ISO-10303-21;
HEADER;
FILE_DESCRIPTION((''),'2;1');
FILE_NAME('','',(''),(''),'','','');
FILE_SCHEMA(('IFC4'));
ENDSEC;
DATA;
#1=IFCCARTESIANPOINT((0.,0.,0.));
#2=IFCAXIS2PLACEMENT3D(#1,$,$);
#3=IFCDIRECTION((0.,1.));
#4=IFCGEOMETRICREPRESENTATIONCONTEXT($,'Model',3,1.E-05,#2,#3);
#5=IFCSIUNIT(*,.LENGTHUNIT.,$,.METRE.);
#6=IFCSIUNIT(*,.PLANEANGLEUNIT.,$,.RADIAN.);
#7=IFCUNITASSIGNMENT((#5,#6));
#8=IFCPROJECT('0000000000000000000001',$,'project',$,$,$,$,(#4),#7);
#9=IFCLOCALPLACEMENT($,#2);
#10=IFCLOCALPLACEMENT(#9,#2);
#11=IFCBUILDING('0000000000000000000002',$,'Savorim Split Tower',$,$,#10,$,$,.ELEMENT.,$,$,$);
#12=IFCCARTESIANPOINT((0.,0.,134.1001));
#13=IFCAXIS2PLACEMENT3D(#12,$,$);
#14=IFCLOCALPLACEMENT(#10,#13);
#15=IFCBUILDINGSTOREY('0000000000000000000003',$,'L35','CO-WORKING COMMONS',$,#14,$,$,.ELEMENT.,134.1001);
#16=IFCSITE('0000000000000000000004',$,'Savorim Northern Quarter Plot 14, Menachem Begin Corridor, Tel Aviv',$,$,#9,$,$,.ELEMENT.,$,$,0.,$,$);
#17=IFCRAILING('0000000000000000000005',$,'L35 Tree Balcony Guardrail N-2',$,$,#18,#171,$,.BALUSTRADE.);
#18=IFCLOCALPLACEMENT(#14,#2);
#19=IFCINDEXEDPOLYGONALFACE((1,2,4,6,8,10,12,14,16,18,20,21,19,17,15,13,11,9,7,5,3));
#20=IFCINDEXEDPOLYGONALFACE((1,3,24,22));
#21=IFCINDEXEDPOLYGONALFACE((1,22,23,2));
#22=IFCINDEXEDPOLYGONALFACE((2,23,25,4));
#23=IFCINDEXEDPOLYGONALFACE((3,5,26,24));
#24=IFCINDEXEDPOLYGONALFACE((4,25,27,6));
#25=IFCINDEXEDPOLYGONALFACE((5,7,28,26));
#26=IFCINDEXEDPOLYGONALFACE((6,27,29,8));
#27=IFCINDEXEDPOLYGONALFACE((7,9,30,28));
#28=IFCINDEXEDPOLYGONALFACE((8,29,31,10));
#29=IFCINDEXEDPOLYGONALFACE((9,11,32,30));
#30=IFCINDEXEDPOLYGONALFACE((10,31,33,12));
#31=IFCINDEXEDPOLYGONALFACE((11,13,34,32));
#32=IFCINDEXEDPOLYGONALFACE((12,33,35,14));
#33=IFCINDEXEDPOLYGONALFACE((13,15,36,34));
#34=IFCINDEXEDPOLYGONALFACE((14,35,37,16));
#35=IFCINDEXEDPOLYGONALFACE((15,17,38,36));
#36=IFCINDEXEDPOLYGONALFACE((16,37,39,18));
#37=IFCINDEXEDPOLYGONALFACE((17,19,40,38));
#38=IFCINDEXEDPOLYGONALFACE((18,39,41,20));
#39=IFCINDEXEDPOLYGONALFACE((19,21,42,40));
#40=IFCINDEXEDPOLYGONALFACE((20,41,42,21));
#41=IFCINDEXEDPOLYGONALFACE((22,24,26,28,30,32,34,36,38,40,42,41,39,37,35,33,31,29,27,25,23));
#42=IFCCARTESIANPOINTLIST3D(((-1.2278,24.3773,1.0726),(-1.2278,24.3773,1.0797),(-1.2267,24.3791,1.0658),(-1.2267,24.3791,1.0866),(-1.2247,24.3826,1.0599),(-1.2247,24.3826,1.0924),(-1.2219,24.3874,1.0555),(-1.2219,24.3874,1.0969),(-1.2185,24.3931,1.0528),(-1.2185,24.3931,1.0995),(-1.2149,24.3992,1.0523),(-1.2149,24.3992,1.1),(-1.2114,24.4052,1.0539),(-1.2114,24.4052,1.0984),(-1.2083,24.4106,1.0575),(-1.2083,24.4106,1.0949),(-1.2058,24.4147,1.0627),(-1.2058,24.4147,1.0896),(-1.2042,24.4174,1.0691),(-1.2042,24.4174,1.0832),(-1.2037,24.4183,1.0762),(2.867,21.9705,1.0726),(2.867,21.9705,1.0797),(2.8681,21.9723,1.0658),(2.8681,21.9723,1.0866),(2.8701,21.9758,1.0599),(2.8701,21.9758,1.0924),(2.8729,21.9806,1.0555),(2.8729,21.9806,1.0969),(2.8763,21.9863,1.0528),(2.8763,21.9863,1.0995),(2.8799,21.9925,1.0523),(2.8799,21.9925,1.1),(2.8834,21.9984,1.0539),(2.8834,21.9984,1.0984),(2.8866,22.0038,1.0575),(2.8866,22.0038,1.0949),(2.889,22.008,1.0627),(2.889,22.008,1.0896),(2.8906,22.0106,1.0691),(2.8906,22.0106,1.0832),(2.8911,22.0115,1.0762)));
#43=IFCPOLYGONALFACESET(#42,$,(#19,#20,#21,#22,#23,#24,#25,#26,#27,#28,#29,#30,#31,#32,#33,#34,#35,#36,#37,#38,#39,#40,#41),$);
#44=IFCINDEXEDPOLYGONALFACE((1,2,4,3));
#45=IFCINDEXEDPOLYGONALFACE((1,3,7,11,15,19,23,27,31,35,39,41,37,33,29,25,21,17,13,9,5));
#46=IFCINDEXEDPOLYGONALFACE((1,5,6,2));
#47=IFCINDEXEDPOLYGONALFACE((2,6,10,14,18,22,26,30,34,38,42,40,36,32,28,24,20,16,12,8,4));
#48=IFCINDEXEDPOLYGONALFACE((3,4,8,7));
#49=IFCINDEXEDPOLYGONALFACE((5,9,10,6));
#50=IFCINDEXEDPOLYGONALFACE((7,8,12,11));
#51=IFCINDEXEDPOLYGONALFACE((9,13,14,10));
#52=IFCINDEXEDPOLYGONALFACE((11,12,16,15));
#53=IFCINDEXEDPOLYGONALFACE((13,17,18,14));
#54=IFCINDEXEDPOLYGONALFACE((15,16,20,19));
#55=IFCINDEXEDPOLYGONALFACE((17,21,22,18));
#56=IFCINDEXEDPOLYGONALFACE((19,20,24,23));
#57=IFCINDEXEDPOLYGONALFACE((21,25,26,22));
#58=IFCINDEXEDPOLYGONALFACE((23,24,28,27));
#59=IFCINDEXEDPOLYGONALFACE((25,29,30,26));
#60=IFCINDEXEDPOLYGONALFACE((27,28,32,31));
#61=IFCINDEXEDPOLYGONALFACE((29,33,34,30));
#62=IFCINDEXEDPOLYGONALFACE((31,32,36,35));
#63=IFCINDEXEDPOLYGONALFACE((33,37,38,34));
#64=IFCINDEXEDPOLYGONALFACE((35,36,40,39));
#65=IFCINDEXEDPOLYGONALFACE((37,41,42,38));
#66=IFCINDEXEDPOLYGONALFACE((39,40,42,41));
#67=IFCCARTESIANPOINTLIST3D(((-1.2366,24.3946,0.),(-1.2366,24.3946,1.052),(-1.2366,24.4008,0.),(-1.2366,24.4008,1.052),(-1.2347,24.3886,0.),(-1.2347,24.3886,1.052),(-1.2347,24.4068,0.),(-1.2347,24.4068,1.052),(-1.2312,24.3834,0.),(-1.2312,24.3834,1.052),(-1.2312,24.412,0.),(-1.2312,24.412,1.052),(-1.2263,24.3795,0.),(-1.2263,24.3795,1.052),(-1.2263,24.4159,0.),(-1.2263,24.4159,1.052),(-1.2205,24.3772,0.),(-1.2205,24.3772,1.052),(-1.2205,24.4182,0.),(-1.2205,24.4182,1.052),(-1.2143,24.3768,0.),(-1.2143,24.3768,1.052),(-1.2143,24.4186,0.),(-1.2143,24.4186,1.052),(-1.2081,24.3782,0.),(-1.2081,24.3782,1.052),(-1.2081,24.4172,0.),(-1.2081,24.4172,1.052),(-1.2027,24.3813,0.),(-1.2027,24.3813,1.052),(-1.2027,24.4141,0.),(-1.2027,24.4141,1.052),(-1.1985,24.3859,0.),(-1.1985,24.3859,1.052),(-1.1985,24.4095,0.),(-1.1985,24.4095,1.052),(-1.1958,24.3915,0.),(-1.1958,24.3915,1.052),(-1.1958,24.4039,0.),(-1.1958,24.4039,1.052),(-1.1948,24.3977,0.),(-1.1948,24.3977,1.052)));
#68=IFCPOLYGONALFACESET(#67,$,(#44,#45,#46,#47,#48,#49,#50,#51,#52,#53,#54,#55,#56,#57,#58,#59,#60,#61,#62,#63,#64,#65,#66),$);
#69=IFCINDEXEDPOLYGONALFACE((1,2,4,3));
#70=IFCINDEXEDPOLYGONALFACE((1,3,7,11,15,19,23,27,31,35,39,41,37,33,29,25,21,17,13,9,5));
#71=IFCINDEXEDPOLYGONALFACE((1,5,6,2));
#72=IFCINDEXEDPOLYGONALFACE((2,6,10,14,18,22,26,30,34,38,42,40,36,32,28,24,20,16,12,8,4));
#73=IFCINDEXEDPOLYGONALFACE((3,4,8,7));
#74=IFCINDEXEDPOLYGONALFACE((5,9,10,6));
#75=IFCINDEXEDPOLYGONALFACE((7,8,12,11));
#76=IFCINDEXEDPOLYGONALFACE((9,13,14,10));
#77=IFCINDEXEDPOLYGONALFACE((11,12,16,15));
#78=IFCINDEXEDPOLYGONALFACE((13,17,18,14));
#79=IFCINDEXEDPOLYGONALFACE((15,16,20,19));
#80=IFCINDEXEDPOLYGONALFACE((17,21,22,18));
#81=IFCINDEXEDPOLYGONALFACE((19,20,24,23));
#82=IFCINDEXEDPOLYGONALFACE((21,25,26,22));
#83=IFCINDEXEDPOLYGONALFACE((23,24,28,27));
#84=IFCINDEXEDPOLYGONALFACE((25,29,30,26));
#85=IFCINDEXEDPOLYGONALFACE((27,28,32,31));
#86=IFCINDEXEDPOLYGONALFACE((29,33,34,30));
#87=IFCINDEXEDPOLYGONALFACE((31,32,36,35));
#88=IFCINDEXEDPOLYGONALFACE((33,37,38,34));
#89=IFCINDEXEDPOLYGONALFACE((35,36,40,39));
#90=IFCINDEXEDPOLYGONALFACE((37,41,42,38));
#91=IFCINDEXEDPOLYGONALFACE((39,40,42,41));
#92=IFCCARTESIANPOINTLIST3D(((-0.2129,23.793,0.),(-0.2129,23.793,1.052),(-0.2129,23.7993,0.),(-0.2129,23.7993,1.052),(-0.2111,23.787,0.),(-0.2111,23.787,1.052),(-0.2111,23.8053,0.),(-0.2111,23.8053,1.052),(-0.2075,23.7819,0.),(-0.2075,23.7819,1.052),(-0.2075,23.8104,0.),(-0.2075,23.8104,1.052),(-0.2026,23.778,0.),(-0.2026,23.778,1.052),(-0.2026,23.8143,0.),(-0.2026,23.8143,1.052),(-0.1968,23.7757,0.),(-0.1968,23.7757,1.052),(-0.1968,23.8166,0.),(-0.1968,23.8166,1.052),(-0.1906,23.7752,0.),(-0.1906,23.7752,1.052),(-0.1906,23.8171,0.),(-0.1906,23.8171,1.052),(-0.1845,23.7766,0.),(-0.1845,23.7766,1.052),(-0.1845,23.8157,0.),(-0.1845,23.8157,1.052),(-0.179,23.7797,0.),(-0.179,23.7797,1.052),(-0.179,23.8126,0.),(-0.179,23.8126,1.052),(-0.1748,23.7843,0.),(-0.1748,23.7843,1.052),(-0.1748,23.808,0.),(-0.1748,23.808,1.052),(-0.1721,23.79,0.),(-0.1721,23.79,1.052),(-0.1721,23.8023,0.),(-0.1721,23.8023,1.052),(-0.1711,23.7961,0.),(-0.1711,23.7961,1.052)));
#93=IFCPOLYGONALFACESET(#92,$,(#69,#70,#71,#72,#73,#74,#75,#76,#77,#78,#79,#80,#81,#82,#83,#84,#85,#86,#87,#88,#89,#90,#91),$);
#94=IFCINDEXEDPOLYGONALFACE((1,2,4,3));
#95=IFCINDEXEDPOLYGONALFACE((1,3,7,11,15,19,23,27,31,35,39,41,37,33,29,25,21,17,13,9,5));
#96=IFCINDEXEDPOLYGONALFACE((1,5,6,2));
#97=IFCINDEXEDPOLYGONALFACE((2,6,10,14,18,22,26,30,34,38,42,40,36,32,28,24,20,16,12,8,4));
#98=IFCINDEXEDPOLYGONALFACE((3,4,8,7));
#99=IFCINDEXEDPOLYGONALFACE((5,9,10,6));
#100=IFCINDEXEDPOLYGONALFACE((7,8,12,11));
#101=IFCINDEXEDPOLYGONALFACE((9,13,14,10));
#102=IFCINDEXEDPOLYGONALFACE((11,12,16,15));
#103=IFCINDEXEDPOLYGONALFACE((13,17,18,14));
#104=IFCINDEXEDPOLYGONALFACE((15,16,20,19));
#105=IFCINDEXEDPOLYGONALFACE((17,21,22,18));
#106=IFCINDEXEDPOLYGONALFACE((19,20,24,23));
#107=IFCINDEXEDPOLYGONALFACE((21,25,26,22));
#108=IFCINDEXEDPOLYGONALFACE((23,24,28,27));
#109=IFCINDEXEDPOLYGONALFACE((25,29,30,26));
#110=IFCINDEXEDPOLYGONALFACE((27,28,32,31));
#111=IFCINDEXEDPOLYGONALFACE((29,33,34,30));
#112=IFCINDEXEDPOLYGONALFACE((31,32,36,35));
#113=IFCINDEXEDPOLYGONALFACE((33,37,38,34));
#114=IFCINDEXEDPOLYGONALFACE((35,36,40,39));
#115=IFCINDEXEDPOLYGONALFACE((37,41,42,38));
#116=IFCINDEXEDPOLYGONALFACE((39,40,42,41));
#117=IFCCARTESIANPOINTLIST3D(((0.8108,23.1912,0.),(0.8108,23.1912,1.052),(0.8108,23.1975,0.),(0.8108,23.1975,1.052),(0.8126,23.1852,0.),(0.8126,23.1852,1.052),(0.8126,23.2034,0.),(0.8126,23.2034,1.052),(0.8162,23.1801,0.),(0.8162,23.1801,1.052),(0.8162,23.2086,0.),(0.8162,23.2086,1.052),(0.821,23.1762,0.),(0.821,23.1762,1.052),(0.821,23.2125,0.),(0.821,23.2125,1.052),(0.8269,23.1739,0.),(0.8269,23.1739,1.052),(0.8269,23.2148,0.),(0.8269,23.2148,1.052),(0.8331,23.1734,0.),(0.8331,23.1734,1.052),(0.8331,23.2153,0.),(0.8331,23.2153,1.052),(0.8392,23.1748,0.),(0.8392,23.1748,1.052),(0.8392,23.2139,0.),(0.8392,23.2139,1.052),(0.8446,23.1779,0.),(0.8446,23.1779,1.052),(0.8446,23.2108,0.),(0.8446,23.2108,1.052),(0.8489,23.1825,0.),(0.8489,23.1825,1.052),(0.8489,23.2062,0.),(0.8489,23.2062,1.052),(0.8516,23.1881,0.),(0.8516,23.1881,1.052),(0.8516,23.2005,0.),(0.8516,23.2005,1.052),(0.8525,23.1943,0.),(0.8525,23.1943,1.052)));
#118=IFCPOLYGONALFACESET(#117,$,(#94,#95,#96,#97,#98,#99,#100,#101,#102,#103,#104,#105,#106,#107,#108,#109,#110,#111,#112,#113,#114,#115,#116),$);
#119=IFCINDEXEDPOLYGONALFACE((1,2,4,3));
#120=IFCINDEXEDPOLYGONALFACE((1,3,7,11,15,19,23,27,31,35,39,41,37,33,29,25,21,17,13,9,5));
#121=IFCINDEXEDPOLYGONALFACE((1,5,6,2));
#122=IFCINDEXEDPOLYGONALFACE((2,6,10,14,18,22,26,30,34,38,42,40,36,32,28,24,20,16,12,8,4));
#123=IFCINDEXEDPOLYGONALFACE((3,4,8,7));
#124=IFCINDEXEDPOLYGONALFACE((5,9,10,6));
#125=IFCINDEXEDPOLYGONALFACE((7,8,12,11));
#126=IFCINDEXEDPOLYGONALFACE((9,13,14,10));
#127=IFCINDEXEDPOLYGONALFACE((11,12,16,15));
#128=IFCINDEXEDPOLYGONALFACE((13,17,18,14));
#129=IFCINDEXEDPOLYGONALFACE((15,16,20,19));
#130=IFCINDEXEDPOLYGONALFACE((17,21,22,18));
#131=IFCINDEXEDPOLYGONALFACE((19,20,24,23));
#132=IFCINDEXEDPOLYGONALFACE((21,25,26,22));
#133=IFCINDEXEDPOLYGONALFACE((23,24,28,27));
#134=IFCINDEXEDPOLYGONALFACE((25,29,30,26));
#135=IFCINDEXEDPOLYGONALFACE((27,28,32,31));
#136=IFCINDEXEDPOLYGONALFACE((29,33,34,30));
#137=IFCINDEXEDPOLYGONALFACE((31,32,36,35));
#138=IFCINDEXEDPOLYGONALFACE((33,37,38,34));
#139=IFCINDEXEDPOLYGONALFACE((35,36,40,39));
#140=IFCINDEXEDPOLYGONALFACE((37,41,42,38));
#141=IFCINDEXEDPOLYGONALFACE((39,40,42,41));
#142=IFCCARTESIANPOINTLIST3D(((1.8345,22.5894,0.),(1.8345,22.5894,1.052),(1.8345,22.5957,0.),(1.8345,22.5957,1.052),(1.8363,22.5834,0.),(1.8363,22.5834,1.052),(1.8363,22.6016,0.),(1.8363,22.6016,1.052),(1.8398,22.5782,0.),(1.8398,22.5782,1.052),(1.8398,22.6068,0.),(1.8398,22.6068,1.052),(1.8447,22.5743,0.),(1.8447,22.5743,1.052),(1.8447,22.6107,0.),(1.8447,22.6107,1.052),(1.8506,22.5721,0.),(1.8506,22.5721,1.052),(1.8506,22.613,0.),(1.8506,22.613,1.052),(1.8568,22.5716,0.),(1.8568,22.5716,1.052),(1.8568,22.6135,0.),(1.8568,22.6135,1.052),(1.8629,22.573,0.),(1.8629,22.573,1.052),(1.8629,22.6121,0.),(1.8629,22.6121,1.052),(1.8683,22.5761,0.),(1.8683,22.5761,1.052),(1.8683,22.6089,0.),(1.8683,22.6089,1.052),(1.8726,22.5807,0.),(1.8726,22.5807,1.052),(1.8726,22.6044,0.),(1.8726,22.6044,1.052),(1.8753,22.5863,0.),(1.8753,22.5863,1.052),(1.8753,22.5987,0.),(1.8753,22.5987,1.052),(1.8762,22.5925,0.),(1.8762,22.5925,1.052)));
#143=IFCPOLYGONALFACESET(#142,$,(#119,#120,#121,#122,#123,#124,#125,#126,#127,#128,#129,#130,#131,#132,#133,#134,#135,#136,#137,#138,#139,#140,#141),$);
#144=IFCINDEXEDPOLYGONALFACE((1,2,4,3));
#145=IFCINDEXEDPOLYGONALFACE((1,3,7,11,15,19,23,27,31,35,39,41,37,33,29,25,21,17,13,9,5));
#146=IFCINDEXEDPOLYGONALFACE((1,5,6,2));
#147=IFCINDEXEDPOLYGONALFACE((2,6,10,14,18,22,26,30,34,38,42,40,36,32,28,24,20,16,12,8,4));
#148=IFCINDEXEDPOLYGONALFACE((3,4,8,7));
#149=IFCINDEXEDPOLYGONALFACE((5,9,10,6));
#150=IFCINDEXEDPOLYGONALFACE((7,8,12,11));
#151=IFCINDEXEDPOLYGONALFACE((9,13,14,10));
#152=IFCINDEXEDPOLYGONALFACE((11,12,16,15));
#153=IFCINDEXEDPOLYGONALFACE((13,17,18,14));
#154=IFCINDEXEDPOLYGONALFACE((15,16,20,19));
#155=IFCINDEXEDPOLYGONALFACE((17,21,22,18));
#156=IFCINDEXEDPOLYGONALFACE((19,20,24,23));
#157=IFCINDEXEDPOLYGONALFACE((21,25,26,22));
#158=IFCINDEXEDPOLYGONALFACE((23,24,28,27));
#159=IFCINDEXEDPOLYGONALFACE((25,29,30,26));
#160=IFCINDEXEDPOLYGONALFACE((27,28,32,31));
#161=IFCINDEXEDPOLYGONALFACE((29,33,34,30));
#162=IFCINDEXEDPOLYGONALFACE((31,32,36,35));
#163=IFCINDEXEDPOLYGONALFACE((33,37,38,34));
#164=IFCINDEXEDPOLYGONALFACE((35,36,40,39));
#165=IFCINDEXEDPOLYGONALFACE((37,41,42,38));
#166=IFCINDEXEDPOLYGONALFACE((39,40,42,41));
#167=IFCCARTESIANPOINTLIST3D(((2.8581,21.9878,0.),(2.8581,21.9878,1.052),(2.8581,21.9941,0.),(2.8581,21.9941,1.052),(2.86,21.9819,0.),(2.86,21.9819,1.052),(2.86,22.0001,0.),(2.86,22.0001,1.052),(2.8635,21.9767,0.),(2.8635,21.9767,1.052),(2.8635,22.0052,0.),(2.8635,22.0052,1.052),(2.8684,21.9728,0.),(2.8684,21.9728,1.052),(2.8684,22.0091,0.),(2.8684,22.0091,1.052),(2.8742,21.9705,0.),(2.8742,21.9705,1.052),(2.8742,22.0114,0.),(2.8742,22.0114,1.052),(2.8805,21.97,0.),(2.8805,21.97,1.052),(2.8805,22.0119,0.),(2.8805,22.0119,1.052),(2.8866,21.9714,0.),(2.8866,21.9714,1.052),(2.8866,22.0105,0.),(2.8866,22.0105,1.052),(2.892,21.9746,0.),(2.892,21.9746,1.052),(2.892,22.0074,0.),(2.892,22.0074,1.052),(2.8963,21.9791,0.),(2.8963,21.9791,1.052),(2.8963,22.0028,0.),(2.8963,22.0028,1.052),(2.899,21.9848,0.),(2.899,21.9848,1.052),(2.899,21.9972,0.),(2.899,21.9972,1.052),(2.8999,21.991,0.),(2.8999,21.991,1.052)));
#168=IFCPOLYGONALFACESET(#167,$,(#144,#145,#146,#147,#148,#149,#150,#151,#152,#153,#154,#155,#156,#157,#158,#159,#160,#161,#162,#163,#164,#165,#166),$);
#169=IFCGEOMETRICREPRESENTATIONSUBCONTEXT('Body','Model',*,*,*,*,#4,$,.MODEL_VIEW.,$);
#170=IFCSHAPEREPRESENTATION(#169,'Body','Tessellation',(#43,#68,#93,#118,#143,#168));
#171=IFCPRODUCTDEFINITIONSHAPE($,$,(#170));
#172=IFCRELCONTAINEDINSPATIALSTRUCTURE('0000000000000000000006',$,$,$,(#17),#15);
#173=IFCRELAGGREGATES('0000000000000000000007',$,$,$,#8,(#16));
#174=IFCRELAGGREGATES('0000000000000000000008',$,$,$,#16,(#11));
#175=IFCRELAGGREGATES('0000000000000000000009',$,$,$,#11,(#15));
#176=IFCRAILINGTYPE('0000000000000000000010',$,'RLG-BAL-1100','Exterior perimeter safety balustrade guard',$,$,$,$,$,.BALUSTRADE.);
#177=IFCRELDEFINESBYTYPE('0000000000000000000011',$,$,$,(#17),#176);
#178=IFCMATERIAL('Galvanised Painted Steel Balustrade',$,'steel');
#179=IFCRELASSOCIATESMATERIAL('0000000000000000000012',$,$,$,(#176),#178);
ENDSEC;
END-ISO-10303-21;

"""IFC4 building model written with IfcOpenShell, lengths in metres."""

from ifc_helpers import new_model, si_unit, direction, frame, origin, origin_2d, place, context, subcontext, project, spatial, circle, extrude, material, type_object, element, save


model = new_model("IFC4")

# Units and contexts
model_context = context("Model", 3, precision=1e-05, world=origin(), true_north=direction((0.0, 1.0)))
body_context = subcontext(model_context, "Body", "Model", "MODEL_VIEW")
ifc_project = project(units=[si_unit("LENGTHUNIT", "METRE"), si_unit("PLANEANGLEUNIT", "RADIAN")], contexts=[model_context])

# Site, building, storey
site_placement = place(None, origin())
site = spatial("IfcSite", under=ifc_project, at=site_placement, Name="Savorim Northern Quarter Plot 14, Menachem Begin Corridor, Tel Aviv", CompositionType="ELEMENT", RefElevation=0.0)
building_placement = place(site_placement, origin())
building = spatial("IfcBuilding", under=site, at=building_placement, Name="Savorim Split Tower", CompositionType="ELEMENT")
storey_placement = place(building_placement, frame((0.0, 0.0, 134.1001)))
storey = spatial("IfcBuildingStorey", under=building, at=storey_placement, Name="L35", Description="CO-WORKING COMMONS", CompositionType="ELEMENT", Elevation=134.1001)

# Railing
ifc_material_1 = material(Name="Galvanised Painted Steel Balustrade", Category="steel")
railing_type = type_object("IfcRailingType", Name="RLG-BAL-1100", Description="Exterior perimeter safety balustrade guard", PredefinedType="BALUSTRADE", material=ifc_material_1)
railing_1_placement = place(storey_placement, frame((-1.2158, 24.3977, 0.0)))
element("IfcRailing", 1, at=railing_1_placement, inside=storey, type_object=railing_type, Name="L35 Tree Balcony Guardrail N-2", PredefinedType="BALUSTRADE", context=body_context, shape_type="SweptSolid", body=[
    extrude(circle(Radius=0.0239, at=origin_2d()), frame((0.0, 0.0, 1.0762), z_axis=(0.862111, -0.506719, 0.0), x_axis=(0.506719, 0.862111, 0.0)), (0.0, 0.0, 1.0), 4.7498),
    extrude(circle(Radius=0.021, at=origin_2d()), origin(), (0.0, 0.0, 1.0), 1.052),
    extrude(circle(Radius=0.021, at=origin_2d()), frame((1.0237, -0.6016, 0.0)), (0.0, 0.0, 1.0), 1.052),
    extrude(circle(Radius=0.021, at=origin_2d()), frame((2.0474, -1.2034, 0.0)), (0.0, 0.0, 1.0), 1.052),
    extrude(circle(Radius=0.021, at=origin_2d()), frame((3.071, -1.8052, 0.0)), (0.0, 0.0, 1.0), 1.052),
    extrude(circle(Radius=0.021, at=origin_2d()), frame((4.0947, -2.4067, 0.0)), (0.0, 0.0, 1.0), 1.052),
])

save(model, "model.ifc")
